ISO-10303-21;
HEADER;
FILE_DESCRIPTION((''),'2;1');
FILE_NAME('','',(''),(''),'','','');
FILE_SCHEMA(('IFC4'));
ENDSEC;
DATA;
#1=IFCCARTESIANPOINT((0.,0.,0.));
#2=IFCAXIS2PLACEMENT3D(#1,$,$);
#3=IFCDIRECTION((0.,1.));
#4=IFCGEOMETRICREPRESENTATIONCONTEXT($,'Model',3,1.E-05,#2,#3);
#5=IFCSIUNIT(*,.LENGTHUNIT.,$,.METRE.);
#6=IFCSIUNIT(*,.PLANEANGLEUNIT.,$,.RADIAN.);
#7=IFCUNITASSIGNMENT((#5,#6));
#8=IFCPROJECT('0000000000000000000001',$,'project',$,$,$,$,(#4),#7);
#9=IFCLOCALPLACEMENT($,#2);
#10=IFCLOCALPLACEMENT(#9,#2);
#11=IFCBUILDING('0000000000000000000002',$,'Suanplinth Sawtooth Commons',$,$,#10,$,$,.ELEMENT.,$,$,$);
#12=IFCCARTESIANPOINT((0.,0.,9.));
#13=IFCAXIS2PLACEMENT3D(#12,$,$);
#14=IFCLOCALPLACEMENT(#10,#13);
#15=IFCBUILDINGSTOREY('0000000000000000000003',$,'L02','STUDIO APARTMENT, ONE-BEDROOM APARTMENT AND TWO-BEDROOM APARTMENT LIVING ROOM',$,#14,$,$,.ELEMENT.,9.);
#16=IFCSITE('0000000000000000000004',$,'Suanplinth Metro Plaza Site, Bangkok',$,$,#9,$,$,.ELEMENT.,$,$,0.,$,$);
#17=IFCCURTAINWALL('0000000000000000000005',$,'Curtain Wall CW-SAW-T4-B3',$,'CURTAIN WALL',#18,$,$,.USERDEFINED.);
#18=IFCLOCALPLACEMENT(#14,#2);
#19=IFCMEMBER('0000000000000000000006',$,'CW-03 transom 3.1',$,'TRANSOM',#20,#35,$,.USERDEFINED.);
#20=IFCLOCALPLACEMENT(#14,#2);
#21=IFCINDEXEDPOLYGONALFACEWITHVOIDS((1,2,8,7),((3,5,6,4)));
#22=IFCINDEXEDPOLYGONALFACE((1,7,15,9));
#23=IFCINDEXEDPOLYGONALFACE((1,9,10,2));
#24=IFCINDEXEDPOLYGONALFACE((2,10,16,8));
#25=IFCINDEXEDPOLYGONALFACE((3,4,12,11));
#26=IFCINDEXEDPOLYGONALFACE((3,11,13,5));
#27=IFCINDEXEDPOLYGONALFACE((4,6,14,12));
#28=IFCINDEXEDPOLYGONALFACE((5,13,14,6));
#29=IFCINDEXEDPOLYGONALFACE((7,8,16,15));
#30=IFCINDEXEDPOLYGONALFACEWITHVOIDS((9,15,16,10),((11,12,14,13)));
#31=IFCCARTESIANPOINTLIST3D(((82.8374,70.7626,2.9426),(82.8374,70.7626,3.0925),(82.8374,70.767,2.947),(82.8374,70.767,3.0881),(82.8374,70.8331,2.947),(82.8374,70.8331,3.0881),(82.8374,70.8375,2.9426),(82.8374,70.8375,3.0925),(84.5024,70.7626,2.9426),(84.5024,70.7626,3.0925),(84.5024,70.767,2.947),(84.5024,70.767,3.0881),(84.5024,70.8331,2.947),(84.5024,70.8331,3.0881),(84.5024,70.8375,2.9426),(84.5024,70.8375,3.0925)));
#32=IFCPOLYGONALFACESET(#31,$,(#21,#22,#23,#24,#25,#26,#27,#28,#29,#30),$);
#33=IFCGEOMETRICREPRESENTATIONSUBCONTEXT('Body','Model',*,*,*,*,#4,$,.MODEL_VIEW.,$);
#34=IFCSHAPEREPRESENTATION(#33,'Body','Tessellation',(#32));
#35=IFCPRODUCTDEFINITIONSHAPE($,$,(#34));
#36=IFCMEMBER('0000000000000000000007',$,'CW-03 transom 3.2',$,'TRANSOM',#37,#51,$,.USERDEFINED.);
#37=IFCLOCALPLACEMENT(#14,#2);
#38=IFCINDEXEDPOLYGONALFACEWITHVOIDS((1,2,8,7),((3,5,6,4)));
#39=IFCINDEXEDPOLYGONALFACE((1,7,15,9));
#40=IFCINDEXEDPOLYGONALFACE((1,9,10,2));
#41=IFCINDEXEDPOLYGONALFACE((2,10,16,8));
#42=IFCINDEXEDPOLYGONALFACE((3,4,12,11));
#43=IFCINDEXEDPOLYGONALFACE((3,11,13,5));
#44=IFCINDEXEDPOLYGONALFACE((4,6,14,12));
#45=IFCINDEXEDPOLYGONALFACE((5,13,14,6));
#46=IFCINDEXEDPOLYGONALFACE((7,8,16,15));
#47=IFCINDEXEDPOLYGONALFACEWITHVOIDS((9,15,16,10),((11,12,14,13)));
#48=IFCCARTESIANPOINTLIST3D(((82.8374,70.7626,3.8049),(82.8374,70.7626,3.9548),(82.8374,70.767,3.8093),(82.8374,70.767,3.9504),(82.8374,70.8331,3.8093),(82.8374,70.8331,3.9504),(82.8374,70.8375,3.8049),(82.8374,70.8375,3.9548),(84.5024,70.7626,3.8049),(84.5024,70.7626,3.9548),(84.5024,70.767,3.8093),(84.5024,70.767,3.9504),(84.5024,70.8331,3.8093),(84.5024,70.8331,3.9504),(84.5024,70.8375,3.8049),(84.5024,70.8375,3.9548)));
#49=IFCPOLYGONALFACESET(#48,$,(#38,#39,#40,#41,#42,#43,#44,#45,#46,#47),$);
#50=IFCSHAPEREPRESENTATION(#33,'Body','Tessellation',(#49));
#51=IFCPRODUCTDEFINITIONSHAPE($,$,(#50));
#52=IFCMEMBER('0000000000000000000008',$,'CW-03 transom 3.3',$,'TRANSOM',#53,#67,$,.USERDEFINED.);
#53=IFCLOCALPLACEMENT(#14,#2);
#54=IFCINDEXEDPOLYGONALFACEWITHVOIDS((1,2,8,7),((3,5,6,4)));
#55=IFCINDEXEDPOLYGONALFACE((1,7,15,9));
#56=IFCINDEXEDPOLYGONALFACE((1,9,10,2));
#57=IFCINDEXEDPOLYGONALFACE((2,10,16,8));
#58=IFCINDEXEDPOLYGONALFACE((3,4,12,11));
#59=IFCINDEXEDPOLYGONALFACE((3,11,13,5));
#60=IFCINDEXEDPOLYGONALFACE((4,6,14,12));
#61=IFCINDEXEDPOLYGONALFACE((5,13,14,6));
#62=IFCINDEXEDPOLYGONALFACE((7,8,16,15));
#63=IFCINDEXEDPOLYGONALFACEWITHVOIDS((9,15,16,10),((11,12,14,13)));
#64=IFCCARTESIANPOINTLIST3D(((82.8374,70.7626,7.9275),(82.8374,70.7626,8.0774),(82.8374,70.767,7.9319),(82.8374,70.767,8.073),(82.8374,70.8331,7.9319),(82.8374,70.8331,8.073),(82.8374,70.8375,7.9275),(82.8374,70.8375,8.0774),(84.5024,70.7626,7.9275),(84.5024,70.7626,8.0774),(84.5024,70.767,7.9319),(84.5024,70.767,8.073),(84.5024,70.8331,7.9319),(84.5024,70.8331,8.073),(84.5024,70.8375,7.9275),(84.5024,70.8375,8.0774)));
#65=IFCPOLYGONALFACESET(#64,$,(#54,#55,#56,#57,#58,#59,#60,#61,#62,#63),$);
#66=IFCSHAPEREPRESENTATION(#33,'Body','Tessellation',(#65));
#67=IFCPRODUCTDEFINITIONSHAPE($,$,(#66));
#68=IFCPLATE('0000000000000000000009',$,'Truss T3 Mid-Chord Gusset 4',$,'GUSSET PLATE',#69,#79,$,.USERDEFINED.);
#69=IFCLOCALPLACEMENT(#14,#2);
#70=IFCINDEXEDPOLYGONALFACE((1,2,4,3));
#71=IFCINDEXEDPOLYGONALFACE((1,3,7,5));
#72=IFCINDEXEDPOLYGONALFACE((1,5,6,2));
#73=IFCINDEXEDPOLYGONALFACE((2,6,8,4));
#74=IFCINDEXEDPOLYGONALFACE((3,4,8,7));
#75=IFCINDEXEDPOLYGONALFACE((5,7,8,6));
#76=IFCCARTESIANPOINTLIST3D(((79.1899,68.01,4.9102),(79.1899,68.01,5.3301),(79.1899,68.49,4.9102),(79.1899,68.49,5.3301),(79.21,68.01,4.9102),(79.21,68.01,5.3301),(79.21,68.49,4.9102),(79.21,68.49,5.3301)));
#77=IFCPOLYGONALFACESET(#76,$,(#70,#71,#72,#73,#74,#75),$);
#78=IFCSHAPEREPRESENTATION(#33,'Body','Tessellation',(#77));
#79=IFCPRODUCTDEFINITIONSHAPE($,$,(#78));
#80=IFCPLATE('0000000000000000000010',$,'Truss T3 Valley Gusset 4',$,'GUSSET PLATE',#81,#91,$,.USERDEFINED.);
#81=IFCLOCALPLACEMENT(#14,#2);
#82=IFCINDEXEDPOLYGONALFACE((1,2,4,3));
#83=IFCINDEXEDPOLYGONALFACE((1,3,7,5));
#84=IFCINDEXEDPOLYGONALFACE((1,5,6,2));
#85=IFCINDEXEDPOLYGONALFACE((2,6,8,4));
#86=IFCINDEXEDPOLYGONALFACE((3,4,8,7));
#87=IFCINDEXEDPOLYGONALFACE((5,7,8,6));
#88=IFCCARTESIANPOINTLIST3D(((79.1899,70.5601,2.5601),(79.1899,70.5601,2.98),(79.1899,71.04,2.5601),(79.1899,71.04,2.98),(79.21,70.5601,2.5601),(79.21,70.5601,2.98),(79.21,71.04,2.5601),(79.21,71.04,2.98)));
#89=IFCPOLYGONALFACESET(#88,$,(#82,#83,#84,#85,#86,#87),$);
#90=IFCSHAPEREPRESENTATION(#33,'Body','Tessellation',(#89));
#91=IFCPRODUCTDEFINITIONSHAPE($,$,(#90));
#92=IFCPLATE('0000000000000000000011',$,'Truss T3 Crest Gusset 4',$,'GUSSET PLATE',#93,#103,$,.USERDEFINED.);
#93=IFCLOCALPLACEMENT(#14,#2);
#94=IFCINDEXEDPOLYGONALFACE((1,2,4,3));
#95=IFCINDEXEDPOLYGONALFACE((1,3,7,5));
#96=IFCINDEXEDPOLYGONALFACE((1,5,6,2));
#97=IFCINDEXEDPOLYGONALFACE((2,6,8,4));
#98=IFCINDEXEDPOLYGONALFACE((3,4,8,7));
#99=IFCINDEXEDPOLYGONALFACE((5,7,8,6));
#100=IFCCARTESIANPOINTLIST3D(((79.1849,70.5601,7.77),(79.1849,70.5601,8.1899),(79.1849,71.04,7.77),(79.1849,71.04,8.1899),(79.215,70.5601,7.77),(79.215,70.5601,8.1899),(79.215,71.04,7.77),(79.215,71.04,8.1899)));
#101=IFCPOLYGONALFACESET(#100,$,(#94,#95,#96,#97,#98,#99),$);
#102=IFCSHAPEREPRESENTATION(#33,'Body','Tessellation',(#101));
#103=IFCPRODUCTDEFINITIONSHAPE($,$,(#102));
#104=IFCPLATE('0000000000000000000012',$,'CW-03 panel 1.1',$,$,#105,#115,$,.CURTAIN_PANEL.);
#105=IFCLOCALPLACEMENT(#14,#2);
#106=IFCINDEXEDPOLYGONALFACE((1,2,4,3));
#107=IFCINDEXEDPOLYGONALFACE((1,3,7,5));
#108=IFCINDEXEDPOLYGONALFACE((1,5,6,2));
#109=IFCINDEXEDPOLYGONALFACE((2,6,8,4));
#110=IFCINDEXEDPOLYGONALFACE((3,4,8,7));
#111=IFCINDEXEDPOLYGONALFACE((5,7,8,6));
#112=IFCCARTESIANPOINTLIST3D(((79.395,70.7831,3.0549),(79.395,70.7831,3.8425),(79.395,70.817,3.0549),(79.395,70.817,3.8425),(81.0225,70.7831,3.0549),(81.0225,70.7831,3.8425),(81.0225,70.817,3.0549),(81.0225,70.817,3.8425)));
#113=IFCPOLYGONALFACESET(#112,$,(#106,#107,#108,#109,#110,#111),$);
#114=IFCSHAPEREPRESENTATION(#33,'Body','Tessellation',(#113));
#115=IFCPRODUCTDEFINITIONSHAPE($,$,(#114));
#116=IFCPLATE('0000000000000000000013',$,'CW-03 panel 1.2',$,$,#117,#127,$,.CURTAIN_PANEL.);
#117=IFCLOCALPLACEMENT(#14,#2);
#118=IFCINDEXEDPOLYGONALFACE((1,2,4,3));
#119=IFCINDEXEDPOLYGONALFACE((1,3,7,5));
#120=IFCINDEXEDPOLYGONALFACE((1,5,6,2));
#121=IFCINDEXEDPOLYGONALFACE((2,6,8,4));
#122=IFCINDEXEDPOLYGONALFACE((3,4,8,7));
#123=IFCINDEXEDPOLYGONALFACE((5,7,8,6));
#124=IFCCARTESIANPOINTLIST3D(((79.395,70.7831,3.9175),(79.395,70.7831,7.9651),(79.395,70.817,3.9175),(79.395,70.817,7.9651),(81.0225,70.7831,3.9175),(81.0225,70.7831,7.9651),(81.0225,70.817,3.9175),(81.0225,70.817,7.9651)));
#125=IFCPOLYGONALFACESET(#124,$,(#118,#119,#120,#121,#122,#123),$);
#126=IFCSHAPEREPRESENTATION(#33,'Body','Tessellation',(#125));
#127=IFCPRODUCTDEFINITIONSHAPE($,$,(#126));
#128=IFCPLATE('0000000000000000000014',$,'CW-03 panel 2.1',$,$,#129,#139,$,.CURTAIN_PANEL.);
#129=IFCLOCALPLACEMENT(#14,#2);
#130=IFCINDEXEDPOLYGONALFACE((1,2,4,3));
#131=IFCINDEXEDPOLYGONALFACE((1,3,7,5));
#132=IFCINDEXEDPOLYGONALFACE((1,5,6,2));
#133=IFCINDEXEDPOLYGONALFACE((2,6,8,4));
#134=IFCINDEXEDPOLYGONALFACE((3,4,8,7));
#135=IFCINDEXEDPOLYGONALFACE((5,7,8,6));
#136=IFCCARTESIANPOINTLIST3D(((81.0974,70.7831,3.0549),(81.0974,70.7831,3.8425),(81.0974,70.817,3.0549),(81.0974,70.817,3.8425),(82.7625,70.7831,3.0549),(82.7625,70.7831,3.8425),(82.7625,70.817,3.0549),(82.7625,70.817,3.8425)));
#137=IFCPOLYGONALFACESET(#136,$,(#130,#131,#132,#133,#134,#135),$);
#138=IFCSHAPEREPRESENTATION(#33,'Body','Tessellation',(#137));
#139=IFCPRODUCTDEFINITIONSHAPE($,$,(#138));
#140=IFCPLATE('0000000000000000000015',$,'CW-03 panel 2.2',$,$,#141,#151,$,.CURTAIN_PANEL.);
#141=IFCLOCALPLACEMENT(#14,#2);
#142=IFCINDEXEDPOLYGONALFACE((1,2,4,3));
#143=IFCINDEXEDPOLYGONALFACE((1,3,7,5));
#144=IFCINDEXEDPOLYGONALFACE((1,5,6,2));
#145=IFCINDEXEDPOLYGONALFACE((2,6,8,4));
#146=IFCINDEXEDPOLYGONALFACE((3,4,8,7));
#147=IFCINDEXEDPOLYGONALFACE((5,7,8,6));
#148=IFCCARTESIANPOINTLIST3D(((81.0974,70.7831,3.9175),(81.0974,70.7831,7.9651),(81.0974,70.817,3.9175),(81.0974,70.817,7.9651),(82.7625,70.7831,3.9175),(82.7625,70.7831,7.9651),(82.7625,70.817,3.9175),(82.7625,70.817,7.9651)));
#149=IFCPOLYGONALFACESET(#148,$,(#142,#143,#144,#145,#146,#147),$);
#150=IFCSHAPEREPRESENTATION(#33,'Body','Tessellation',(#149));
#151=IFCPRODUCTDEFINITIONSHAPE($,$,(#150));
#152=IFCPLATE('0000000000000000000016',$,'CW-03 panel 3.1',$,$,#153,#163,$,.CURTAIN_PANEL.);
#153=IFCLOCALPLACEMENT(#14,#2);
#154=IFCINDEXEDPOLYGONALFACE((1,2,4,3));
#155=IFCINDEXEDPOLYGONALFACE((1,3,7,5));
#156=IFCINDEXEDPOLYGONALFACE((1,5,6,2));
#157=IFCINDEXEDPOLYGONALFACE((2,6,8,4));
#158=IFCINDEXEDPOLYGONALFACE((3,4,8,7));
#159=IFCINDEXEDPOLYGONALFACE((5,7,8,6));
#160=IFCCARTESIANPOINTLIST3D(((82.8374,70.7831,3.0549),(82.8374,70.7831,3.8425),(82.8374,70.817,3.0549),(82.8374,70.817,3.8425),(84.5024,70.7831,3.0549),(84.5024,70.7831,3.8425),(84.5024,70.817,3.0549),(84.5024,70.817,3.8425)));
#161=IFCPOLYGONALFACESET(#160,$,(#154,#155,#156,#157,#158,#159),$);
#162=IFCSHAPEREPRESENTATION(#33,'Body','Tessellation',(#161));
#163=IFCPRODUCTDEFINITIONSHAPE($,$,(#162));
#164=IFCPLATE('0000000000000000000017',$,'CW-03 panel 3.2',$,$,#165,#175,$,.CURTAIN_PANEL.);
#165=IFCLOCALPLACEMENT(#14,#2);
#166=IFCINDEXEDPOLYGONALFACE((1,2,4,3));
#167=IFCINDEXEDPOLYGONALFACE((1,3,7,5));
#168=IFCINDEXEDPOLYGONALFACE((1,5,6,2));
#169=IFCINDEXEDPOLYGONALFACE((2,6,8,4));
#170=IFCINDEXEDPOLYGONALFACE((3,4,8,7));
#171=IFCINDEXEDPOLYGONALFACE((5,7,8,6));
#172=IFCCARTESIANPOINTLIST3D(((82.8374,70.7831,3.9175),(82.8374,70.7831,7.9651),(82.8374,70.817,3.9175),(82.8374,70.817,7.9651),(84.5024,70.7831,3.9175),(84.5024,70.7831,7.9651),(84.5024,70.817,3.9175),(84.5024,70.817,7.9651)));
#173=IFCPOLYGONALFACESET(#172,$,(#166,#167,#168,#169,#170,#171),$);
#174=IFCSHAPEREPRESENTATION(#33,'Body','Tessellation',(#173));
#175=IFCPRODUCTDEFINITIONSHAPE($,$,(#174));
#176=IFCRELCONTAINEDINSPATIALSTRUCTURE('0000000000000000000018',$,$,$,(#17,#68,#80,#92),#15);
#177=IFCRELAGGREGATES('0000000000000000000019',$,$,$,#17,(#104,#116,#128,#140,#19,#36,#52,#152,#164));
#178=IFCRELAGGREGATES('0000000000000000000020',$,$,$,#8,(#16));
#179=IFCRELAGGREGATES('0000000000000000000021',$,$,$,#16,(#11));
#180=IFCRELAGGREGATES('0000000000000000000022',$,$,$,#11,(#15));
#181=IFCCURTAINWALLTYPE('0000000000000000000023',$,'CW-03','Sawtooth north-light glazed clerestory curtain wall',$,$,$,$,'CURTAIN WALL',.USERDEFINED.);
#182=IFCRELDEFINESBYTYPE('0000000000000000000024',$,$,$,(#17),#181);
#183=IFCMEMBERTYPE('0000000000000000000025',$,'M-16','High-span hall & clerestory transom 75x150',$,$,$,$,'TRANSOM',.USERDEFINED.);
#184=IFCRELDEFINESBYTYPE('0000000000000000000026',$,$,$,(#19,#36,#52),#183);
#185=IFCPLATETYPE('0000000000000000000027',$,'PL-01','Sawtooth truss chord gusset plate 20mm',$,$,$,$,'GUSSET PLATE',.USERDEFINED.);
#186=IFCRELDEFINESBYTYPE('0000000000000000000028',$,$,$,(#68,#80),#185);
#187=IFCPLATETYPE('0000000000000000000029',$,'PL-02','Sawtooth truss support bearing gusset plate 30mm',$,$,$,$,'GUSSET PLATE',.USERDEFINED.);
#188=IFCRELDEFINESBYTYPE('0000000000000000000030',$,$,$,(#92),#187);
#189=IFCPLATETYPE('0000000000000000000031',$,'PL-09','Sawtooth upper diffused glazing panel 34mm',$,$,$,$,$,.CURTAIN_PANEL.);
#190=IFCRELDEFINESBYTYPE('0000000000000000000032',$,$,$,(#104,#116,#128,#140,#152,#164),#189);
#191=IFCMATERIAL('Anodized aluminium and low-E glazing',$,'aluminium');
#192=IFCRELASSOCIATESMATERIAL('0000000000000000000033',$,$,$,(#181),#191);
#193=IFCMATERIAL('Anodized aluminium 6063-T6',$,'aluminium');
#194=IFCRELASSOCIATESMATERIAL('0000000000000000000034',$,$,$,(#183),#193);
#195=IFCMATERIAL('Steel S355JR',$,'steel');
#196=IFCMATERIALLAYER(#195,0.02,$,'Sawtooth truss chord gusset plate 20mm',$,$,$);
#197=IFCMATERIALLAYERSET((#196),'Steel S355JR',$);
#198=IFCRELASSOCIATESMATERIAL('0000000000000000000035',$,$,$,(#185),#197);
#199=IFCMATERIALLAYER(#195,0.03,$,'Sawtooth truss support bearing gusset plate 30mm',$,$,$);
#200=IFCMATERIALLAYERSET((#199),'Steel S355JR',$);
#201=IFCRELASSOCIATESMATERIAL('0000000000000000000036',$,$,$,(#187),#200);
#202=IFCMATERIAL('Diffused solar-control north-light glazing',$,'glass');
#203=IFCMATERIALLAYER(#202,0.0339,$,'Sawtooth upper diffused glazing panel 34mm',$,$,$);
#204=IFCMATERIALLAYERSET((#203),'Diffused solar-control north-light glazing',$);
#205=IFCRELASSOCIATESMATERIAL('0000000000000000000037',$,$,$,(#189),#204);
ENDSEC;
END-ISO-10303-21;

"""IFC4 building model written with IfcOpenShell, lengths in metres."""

from ifc_helpers import new_model, si_unit, direction, frame, origin, origin_2d, place, context, subcontext, project, spatial, rectangle, hollow_rectangle, extrude, material, layer, layer_set, material_profile, profile_set, type_object, element, aggregate, save


model = new_model("IFC4")

# Units and contexts
model_context = context("Model", 3, precision=1e-05, world=origin(), true_north=direction((0.0, 1.0)))
body_context = subcontext(model_context, "Body", "Model", "MODEL_VIEW")
ifc_project = project(units=[si_unit("LENGTHUNIT", "METRE"), si_unit("PLANEANGLEUNIT", "RADIAN")], contexts=[model_context])

# Site, building, storey
site_placement = place(None, origin())
site = spatial("IfcSite", under=ifc_project, at=site_placement, Name="Suanplinth Metro Plaza Site, Bangkok", CompositionType="ELEMENT", RefElevation=0.0)
building_placement = place(site_placement, origin())
building = spatial("IfcBuilding", under=site, at=building_placement, Name="Suanplinth Sawtooth Commons", CompositionType="ELEMENT")
storey_placement = place(building_placement, frame((0.0, 0.0, 9.0)))
storey = spatial("IfcBuildingStorey", under=building, at=storey_placement, Name="L02", Description="STUDIO APARTMENT, ONE-BEDROOM APARTMENT AND TWO-BEDROOM APARTMENT LIVING ROOM", CompositionType="ELEMENT", Elevation=9.0)

# Shared definitions
ifc_material_1 = material(Name="Steel S355JR", Category="steel")

# Curtain wall
ifc_material_2 = material(Name="Anodized aluminium and low-E glazing", Category="aluminium")
curtain_wall_type = type_object("IfcCurtainWallType", Name="CW-03", Description="Sawtooth north-light glazed clerestory curtain wall", ElementType="CURTAIN WALL", PredefinedType="USERDEFINED", material=ifc_material_2)
curtain_wall_1_placement = place(storey_placement, origin())
curtain_wall_1 = element("IfcCurtainWall", 1, at=curtain_wall_1_placement, inside=storey, type_object=curtain_wall_type, Name="Curtain Wall CW-SAW-T4-B3", ObjectType="CURTAIN WALL", PredefinedType="USERDEFINED")
ifc_material_3 = material(Name="Anodized aluminium 6063-T6", Category="aluminium")
ifc_material_profile_1 = material_profile(ifc_material_3, hollow_rectangle(XDim=0.075, YDim=0.1499, WallThickness=0.0044, at=origin_2d()), Name="ALU-TRN 75x150")
ifc_profile_set_1 = profile_set([ifc_material_profile_1], Name="Anodized aluminium 6063-T6")
member_type_1 = type_object("IfcMemberType", Name="M-16", Description="High-span hall & clerestory transom 75x150", ElementType="TRANSOM", PredefinedType="USERDEFINED", material=ifc_profile_set_1)

# Members
member_1_placement = place(storey_placement, frame((82.8374, 70.8, 3.0176), z_axis=(1.0, 0.0, 0.0), x_axis=(0.0, 1.0, 0.0)))
member_1 = element("IfcMember", 2, at=member_1_placement, type_object=member_type_1, Name="CW-03 transom 3.1", ObjectType="TRANSOM", PredefinedType="USERDEFINED", context=body_context, shape_type="SweptSolid", body=[
    extrude(hollow_rectangle(XDim=0.075, YDim=0.1499, WallThickness=0.0044, at=origin_2d()), origin(), (0.0, 0.0, 1.0), 1.665),
])
member_2_placement = place(storey_placement, frame((82.8374, 70.8, 3.8799), z_axis=(1.0, 0.0, 0.0), x_axis=(0.0, 1.0, 0.0)))
member_2 = element("IfcMember", 3, at=member_2_placement, type_object=member_type_1, Name="CW-03 transom 3.2", ObjectType="TRANSOM", PredefinedType="USERDEFINED", context=body_context, shape_type="SweptSolid", body=[
    extrude(hollow_rectangle(XDim=0.075, YDim=0.1499, WallThickness=0.0044, at=origin_2d()), origin(), (0.0, 0.0, 1.0), 1.665),
])
member_3_placement = place(storey_placement, frame((82.8374, 70.8, 8.0024), z_axis=(1.0, 0.0, 0.0), x_axis=(0.0, 1.0, 0.0)))
member_3 = element("IfcMember", 4, at=member_3_placement, type_object=member_type_1, Name="CW-03 transom 3.3", ObjectType="TRANSOM", PredefinedType="USERDEFINED", context=body_context, shape_type="SweptSolid", body=[
    extrude(hollow_rectangle(XDim=0.075, YDim=0.1499, WallThickness=0.0044, at=origin_2d()), origin(), (0.0, 0.0, 1.0), 1.665),
])

# Plates
ifc_layer_1 = layer(ifc_material_1, 0.02, Name="Sawtooth truss chord gusset plate 20mm")
ifc_layer_set_1 = layer_set([ifc_layer_1], Name="Steel S355JR")
plate_type_1 = type_object("IfcPlateType", Name="PL-01", Description="Sawtooth truss chord gusset plate 20mm", ElementType="GUSSET PLATE", PredefinedType="USERDEFINED", material=ifc_layer_set_1)
for number, where, z_axis, x_axis, name in (
    (5, (79.2, 68.25, 4.9102), (0.0, 0.0, 1.0), (1.0, 0.0, 0.0), "Truss T3 Mid-Chord Gusset 4"),
    (6, (79.2, 70.8, 2.5601), (0.0, 0.0, 1.0), (1.0, 0.0, 0.0), "Truss T3 Valley Gusset 4"),
):
    element("IfcPlate", number, at=place(storey_placement, frame(where, z_axis=z_axis, x_axis=x_axis)), inside=storey, type_object=plate_type_1, Name=name, ObjectType="GUSSET PLATE", PredefinedType="USERDEFINED", context=body_context, shape_type="SweptSolid", body=[
        extrude(rectangle(XDim=0.02, YDim=0.48, at=origin_2d()), origin(), (0.0, 0.0, 1.0), 0.4199),
    ])
ifc_layer_2 = layer(ifc_material_1, 0.03, Name="Sawtooth truss support bearing gusset plate 30mm")
ifc_layer_set_2 = layer_set([ifc_layer_2], Name="Steel S355JR")
plate_type_2 = type_object("IfcPlateType", Name="PL-02", Description="Sawtooth truss support bearing gusset plate 30mm", ElementType="GUSSET PLATE", PredefinedType="USERDEFINED", material=ifc_layer_set_2)
plate_1_placement = place(storey_placement, frame((79.2, 70.8, 7.77), z_axis=(0.0, 0.0, 1.0), x_axis=(1.0, 0.0, 0.0)))
element("IfcPlate", 7, at=plate_1_placement, inside=storey, type_object=plate_type_2, Name="Truss T3 Crest Gusset 4", ObjectType="GUSSET PLATE", PredefinedType="USERDEFINED", context=body_context, shape_type="SweptSolid", body=[
    extrude(rectangle(XDim=0.03, YDim=0.48, at=origin_2d()), origin(), (0.0, 0.0, 1.0), 0.4199),
])

# Plates
ifc_material_4 = material(Name="Diffused solar-control north-light glazing", Category="glass")
ifc_layer_3 = layer(ifc_material_4, 0.0339, Name="Sawtooth upper diffused glazing panel 34mm")
ifc_layer_set_3 = layer_set([ifc_layer_3], Name="Diffused solar-control north-light glazing")
plate_type_3 = type_object("IfcPlateType", Name="PL-09", Description="Sawtooth upper diffused glazing panel 34mm", PredefinedType="CURTAIN_PANEL", material=ifc_layer_set_3)
plate_2_placement = place(storey_placement, frame((80.2087, 70.8, 3.0549), z_axis=(0.0, 0.0, 1.0), x_axis=(1.0, 0.0, 0.0)))
plate_2 = element("IfcPlate", 8, at=plate_2_placement, type_object=plate_type_3, Name="CW-03 panel 1.1", PredefinedType="CURTAIN_PANEL", context=body_context, shape_type="SweptSolid", body=[
    extrude(rectangle(XDim=1.6274, YDim=0.0339, at=origin_2d()), origin(), (0.0, 0.0, 1.0), 0.7876),
])
plate_3_placement = place(storey_placement, frame((80.2087, 70.8, 3.9175), z_axis=(0.0, 0.0, 1.0), x_axis=(1.0, 0.0, 0.0)))
plate_3 = element("IfcPlate", 9, at=plate_3_placement, type_object=plate_type_3, Name="CW-03 panel 1.2", PredefinedType="CURTAIN_PANEL", context=body_context, shape_type="SweptSolid", body=[
    extrude(rectangle(XDim=1.6274, YDim=0.0339, at=origin_2d()), origin(), (0.0, 0.0, 1.0), 4.0476),
])
plate_4_placement = place(storey_placement, frame((81.9299, 70.8, 3.0549), z_axis=(0.0, 0.0, 1.0), x_axis=(1.0, 0.0, 0.0)))
plate_4 = element("IfcPlate", 10, at=plate_4_placement, type_object=plate_type_3, Name="CW-03 panel 2.1", PredefinedType="CURTAIN_PANEL", context=body_context, shape_type="SweptSolid", body=[
    extrude(rectangle(XDim=1.665, YDim=0.0339, at=origin_2d()), origin(), (0.0, 0.0, 1.0), 0.7876),
])
plate_5_placement = place(storey_placement, frame((81.9299, 70.8, 3.9175), z_axis=(0.0, 0.0, 1.0), x_axis=(1.0, 0.0, 0.0)))
plate_5 = element("IfcPlate", 11, at=plate_5_placement, type_object=plate_type_3, Name="CW-03 panel 2.2", PredefinedType="CURTAIN_PANEL", context=body_context, shape_type="SweptSolid", body=[
    extrude(rectangle(XDim=1.665, YDim=0.0339, at=origin_2d()), origin(), (0.0, 0.0, 1.0), 4.0476),
])
plate_6_placement = place(storey_placement, frame((83.6699, 70.8, 3.0549), z_axis=(0.0, 0.0, 1.0), x_axis=(1.0, 0.0, 0.0)))
plate_6 = element("IfcPlate", 12, at=plate_6_placement, type_object=plate_type_3, Name="CW-03 panel 3.1", PredefinedType="CURTAIN_PANEL", context=body_context, shape_type="SweptSolid", body=[
    extrude(rectangle(XDim=1.665, YDim=0.0339, at=origin_2d()), origin(), (0.0, 0.0, 1.0), 0.7876),
])
plate_7_placement = place(storey_placement, frame((83.6699, 70.8, 3.9175), z_axis=(0.0, 0.0, 1.0), x_axis=(1.0, 0.0, 0.0)))
plate_7 = element("IfcPlate", 13, at=plate_7_placement, type_object=plate_type_3, Name="CW-03 panel 3.2", PredefinedType="CURTAIN_PANEL", context=body_context, shape_type="SweptSolid", body=[
    extrude(rectangle(XDim=1.665, YDim=0.0339, at=origin_2d()), origin(), (0.0, 0.0, 1.0), 4.0476),
])
aggregate(curtain_wall_1, [plate_2, plate_3, plate_4, plate_5, member_1, member_2, member_3, plate_6, plate_7])

save(model, "model.ifc")
